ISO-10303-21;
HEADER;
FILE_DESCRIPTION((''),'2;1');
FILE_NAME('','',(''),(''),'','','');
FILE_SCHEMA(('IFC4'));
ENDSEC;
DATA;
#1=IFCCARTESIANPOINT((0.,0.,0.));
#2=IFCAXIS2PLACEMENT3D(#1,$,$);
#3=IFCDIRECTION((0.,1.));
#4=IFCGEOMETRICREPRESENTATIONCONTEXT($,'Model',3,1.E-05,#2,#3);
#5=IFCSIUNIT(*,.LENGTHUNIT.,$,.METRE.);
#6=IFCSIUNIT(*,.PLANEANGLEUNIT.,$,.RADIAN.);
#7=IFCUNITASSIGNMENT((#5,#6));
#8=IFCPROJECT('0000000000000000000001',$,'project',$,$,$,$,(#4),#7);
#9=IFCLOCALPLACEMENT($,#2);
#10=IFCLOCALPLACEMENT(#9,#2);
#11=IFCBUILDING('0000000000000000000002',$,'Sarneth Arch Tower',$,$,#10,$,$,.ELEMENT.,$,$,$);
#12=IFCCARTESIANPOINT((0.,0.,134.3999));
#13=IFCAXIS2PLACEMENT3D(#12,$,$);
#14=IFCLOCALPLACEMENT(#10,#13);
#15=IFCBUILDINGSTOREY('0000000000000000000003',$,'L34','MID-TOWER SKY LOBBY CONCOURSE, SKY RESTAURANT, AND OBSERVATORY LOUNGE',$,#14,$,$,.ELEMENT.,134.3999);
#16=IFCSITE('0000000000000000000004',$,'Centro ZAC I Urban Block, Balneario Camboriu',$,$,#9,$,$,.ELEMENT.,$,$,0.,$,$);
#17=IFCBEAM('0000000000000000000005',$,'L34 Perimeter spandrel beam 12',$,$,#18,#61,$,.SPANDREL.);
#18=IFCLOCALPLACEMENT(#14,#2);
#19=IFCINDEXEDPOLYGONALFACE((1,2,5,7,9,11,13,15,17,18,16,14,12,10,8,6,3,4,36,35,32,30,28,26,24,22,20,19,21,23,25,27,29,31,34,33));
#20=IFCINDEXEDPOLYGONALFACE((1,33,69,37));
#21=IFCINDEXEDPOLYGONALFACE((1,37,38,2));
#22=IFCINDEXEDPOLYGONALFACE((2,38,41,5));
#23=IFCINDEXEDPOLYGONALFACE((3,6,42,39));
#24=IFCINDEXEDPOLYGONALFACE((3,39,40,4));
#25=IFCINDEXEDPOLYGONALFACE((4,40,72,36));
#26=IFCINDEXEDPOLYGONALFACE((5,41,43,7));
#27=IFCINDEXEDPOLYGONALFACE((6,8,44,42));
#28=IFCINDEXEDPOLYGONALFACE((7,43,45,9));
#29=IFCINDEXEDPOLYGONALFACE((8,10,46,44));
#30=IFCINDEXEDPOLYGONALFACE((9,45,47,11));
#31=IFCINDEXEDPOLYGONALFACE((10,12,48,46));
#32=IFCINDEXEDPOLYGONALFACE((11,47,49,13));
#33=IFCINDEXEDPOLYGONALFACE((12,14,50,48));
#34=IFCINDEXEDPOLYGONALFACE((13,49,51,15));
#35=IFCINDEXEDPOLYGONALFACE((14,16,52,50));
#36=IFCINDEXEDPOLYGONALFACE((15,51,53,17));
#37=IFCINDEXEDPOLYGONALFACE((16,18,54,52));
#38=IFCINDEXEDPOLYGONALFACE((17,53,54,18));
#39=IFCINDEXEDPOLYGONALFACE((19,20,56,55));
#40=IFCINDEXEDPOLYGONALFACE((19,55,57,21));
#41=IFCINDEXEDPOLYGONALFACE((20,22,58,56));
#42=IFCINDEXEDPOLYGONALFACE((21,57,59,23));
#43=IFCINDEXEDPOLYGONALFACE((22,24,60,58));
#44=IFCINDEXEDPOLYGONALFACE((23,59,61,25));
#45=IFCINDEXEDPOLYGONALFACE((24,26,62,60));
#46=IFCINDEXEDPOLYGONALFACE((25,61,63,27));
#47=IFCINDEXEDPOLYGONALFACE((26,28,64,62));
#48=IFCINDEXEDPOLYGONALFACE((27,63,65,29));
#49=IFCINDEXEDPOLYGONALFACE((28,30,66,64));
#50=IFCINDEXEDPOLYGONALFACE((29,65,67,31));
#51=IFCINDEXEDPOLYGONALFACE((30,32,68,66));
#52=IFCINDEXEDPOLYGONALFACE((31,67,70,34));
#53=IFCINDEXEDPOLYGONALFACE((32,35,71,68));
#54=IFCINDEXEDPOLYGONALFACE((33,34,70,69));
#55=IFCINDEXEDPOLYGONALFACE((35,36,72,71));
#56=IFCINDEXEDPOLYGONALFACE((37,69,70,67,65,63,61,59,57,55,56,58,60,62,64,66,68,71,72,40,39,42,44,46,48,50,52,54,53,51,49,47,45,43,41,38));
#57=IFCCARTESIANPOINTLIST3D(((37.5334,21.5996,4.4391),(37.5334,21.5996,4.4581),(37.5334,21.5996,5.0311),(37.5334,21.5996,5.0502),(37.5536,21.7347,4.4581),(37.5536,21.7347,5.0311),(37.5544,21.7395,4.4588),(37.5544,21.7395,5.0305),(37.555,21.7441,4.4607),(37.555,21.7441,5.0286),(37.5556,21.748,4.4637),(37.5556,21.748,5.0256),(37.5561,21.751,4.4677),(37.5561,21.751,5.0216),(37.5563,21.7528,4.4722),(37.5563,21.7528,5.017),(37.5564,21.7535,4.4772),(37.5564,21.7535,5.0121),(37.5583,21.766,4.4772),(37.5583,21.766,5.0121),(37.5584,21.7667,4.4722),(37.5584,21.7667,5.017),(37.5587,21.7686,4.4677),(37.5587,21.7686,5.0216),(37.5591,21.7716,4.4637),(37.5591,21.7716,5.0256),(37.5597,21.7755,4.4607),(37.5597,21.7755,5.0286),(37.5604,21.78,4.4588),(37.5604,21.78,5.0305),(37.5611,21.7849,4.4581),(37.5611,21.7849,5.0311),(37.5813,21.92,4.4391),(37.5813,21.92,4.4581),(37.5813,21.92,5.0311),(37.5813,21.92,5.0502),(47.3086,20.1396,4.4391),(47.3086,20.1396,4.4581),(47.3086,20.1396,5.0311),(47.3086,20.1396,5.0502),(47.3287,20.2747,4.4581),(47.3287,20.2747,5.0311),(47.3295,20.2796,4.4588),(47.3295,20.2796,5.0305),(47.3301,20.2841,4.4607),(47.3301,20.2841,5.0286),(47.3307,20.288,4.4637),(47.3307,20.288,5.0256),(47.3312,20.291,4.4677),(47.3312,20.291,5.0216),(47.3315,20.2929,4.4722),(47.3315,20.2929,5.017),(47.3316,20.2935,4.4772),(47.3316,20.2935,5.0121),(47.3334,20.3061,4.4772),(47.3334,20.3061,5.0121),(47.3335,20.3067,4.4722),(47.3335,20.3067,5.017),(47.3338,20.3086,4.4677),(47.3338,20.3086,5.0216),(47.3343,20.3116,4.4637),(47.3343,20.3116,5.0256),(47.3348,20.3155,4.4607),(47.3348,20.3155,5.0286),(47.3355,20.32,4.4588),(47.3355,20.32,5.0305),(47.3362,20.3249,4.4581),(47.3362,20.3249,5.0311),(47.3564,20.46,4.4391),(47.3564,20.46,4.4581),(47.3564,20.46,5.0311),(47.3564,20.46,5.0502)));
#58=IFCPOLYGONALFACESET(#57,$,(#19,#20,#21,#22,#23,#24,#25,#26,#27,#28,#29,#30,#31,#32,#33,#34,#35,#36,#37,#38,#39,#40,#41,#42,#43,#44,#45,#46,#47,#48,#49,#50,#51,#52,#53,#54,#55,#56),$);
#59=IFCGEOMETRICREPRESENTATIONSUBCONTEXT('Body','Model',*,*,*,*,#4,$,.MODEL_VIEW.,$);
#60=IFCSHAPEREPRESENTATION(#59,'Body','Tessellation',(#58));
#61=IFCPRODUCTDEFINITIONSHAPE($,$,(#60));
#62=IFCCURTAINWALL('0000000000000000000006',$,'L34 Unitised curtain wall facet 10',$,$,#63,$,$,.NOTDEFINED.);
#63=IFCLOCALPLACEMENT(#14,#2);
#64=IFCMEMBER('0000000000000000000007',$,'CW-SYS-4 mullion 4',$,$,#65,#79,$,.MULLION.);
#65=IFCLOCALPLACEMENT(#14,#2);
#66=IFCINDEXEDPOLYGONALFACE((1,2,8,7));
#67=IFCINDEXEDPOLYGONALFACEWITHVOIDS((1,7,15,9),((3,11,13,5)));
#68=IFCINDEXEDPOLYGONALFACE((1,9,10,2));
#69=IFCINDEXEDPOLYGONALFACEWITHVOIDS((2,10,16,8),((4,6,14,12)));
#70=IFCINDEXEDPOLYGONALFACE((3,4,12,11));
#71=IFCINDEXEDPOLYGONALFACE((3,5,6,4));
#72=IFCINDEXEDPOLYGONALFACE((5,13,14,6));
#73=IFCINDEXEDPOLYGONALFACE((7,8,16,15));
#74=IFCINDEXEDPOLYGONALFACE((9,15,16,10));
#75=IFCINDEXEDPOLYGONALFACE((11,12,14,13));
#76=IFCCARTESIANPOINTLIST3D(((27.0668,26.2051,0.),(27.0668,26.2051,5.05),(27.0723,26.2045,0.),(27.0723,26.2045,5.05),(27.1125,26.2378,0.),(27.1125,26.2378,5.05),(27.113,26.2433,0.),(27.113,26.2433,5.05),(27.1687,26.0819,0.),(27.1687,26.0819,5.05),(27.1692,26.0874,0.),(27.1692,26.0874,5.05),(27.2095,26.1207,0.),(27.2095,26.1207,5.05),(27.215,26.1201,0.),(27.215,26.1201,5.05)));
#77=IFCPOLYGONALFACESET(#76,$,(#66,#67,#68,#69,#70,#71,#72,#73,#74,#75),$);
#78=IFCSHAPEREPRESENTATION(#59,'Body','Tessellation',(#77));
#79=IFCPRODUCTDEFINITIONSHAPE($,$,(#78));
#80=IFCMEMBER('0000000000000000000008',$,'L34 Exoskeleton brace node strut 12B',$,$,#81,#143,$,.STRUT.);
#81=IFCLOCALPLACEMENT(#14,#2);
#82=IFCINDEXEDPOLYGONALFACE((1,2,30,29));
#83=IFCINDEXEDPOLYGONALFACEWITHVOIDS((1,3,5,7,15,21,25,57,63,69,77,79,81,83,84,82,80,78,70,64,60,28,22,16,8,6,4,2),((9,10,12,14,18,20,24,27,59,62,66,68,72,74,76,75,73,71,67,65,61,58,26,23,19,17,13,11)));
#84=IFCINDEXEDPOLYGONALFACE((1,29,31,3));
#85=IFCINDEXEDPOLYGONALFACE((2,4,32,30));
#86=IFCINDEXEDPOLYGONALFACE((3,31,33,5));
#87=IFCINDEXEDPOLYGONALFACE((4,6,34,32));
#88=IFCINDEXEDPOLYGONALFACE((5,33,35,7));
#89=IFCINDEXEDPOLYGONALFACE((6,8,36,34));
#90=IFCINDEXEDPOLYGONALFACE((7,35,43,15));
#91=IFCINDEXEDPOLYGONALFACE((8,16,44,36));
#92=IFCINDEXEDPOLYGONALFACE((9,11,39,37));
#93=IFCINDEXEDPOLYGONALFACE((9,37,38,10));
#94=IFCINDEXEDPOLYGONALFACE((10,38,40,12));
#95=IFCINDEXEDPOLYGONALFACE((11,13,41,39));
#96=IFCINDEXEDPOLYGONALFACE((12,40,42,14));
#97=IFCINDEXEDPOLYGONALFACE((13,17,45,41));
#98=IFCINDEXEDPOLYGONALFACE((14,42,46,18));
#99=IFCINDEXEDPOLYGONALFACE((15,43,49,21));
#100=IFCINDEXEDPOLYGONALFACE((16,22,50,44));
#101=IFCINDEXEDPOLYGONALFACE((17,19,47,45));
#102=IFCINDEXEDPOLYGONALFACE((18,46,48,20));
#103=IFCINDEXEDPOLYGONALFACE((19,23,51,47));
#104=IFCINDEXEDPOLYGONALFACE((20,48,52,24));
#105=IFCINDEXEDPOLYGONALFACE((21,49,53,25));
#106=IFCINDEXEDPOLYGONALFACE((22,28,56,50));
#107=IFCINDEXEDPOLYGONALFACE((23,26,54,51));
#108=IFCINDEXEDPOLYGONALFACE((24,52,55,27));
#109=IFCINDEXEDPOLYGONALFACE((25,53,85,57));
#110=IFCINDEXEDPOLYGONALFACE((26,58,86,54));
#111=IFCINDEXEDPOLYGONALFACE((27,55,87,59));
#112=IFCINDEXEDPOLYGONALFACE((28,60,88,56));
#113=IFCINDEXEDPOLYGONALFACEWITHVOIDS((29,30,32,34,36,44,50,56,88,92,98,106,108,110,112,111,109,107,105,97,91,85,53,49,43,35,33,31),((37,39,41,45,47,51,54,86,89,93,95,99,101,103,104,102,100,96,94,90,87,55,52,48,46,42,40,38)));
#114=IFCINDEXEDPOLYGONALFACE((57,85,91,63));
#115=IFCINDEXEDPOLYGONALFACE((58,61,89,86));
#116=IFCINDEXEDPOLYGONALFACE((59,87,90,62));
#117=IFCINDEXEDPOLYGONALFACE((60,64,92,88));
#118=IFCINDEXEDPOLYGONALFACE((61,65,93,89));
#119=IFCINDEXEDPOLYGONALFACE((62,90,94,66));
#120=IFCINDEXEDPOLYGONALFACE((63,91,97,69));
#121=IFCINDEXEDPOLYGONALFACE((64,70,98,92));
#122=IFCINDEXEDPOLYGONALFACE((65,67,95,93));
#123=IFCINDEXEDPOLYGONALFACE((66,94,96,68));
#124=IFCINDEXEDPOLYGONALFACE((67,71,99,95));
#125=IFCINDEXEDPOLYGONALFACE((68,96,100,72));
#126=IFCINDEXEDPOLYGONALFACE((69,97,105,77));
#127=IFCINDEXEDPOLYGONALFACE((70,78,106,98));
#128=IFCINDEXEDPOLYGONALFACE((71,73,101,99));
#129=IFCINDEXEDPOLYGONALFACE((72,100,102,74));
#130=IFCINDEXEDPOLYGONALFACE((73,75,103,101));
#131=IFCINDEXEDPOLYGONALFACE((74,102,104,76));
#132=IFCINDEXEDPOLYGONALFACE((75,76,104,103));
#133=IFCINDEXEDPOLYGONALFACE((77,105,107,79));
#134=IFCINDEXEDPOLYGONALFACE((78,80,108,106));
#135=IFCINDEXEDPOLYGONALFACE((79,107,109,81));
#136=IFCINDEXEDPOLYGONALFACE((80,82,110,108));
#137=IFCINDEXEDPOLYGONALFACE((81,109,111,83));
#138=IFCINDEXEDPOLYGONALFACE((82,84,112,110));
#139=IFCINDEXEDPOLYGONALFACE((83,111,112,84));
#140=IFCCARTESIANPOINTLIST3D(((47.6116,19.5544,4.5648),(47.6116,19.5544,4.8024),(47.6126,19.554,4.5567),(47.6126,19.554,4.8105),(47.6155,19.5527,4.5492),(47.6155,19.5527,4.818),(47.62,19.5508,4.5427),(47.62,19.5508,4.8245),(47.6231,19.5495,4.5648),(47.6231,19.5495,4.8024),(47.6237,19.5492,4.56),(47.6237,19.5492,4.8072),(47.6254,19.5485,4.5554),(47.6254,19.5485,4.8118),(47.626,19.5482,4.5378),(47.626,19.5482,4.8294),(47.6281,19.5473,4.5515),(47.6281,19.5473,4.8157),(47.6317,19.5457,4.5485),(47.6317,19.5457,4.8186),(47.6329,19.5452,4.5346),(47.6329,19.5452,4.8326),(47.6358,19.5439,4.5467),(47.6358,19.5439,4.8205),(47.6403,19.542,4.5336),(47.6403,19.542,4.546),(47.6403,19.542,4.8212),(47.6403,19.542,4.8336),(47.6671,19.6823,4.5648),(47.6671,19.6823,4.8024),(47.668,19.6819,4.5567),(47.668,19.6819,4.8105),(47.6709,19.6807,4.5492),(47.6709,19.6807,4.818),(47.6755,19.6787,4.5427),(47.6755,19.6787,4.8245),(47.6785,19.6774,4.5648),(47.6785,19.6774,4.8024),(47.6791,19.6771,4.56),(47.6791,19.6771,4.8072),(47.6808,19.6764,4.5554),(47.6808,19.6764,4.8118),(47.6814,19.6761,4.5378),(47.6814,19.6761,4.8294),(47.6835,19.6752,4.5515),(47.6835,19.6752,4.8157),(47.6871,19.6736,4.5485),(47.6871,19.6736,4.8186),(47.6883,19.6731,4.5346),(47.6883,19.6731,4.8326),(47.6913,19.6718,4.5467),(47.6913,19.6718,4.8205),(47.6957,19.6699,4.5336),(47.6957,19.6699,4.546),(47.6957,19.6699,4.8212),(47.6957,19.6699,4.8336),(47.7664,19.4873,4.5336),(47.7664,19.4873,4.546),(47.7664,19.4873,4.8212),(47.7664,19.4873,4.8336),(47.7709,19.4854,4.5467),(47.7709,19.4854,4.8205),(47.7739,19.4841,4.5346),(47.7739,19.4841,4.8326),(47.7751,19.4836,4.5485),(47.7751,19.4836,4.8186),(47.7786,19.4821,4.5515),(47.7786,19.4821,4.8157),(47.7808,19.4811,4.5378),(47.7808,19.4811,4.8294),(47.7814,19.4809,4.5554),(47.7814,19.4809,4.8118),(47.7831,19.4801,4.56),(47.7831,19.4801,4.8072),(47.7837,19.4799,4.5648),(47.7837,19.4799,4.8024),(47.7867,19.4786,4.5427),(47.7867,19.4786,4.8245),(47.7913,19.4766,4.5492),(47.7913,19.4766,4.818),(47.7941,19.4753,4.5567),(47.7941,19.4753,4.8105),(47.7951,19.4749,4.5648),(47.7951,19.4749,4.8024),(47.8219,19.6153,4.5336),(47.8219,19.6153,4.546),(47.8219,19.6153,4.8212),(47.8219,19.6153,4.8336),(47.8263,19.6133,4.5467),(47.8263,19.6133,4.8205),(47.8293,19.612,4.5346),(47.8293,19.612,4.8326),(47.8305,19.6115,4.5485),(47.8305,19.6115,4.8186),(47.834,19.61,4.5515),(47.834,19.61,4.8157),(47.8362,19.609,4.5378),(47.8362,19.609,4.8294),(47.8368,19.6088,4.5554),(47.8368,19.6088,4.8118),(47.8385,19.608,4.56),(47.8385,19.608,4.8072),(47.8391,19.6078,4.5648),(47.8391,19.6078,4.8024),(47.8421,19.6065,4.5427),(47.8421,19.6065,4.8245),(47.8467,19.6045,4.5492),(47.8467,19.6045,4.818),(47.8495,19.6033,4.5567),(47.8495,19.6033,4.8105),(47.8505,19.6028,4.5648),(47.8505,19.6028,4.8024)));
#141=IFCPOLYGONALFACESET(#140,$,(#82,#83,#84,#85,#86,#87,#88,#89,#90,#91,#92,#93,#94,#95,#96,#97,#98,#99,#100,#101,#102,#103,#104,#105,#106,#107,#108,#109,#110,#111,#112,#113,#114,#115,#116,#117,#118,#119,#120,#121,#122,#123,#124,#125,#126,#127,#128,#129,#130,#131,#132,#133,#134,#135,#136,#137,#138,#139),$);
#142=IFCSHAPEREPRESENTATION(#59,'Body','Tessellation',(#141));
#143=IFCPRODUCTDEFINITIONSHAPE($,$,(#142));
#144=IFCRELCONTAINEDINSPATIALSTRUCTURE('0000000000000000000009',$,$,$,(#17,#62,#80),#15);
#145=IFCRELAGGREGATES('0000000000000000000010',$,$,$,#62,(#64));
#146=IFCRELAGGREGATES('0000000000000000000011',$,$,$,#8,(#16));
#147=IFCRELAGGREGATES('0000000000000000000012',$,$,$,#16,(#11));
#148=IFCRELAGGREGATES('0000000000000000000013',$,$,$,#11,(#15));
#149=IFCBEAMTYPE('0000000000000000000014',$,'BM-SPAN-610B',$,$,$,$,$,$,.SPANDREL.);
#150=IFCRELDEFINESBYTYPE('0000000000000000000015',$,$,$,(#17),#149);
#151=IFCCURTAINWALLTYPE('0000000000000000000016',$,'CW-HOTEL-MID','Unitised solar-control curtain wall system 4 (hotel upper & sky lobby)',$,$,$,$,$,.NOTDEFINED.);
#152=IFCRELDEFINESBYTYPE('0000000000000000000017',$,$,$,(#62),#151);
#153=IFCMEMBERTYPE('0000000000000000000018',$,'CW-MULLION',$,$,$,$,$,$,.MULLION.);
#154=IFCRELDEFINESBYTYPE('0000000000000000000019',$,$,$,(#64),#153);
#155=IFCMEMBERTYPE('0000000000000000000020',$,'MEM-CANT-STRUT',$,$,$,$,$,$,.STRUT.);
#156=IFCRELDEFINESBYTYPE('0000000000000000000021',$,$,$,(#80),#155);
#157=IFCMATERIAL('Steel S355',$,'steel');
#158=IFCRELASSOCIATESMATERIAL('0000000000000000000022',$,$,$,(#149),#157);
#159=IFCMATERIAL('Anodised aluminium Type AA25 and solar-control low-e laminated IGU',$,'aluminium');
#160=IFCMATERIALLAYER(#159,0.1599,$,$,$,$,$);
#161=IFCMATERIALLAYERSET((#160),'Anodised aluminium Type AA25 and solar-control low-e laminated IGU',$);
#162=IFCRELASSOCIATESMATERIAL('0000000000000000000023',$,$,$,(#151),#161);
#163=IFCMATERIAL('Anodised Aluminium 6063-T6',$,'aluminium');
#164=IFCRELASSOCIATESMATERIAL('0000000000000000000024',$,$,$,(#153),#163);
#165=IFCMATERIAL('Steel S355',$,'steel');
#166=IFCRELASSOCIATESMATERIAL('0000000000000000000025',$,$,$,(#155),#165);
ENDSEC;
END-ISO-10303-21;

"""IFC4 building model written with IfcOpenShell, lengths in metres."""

from ifc_helpers import new_model, si_unit, direction, frame, origin, origin_2d, place, context, subcontext, project, spatial, hollow_rectangle, i_section, extrude, material, layer, layer_set, material_profile, profile_set, type_object, element, aggregate, save


model = new_model("IFC4")

# Units and contexts
model_context = context("Model", 3, precision=1e-05, world=origin(), true_north=direction((0.0, 1.0)))
body_context = subcontext(model_context, "Body", "Model", "MODEL_VIEW")
ifc_project = project(units=[si_unit("LENGTHUNIT", "METRE"), si_unit("PLANEANGLEUNIT", "RADIAN")], contexts=[model_context])

# Site, building, storey
site_placement = place(None, origin())
site = spatial("IfcSite", under=ifc_project, at=site_placement, Name="Centro ZAC I Urban Block, Balneario Camboriu", CompositionType="ELEMENT", RefElevation=0.0)
building_placement = place(site_placement, origin())
building = spatial("IfcBuilding", under=site, at=building_placement, Name="Sarneth Arch Tower", CompositionType="ELEMENT")
storey_placement = place(building_placement, frame((0.0, 0.0, 134.3999)))
storey = spatial("IfcBuildingStorey", under=building, at=storey_placement, Name="L34", Description="MID-TOWER SKY LOBBY CONCOURSE, SKY RESTAURANT, AND OBSERVATORY LOUNGE", CompositionType="ELEMENT", Elevation=134.3999)

# Beam
ifc_material_1 = material(Name="Steel S355", Category="steel")
ifc_material_profile_1 = material_profile(ifc_material_1, i_section(OverallWidth=0.324, OverallDepth=0.6111, WebThickness=0.0127, FlangeThickness=0.019, FilletRadius=0.019, at=origin_2d()), Name="W610x155")
ifc_profile_set_1 = profile_set([ifc_material_profile_1], Name="Steel S355")
beam_type_1 = type_object("IfcBeamType", Name="BM-SPAN-610B", PredefinedType="SPANDREL", material=ifc_profile_set_1)
beam_1_placement = place(storey_placement, frame((37.5574, 21.7598, 4.7446), z_axis=(0.98903, -0.147716, 0.0), x_axis=(0.147716, 0.98903, 0.0)))
element("IfcBeam", 1, at=beam_1_placement, inside=storey, type_object=beam_type_1, Name="L34 Perimeter spandrel beam 12", PredefinedType="SPANDREL", context=body_context, shape_type="SweptSolid", body=[
    extrude(i_section(OverallWidth=0.324, OverallDepth=0.6111, WebThickness=0.0127, FlangeThickness=0.019, FilletRadius=0.019, at=origin_2d()), origin(), (0.0, 0.0, 1.0), 9.8835),
])

# Curtain wall, member
ifc_material_2 = material(Name="Anodised aluminium Type AA25 and solar-control low-e laminated IGU", Category="aluminium")
ifc_layer_1 = layer(ifc_material_2, 0.1599)
ifc_layer_set_1 = layer_set([ifc_layer_1], Name="Anodised aluminium Type AA25 and solar-control low-e laminated IGU")
curtain_wall_type = type_object("IfcCurtainWallType", Name="CW-HOTEL-MID", Description="Unitised solar-control curtain wall system 4 (hotel upper & sky lobby)", PredefinedType="NOTDEFINED", material=ifc_layer_set_1)
curtain_wall_placement = place(storey_placement, origin())
curtain_wall = element("IfcCurtainWall", 2, at=curtain_wall_placement, inside=storey, type_object=curtain_wall_type, Name="L34 Unitised curtain wall facet 10", PredefinedType="NOTDEFINED")
ifc_material_3 = material(Name="Anodised Aluminium 6063-T6", Category="aluminium")
ifc_material_profile_2 = material_profile(ifc_material_3, hollow_rectangle(XDim=0.0601, YDim=0.1599, WallThickness=0.0039, at=origin_2d()), Name="AL-MULL-160x60x4")
ifc_profile_set_2 = profile_set([ifc_material_profile_2], Name="Anodised Aluminium 6063-T6")
member_type_1 = type_object("IfcMemberType", Name="CW-MULLION", PredefinedType="MULLION", material=ifc_profile_set_2)
member_1_placement = place(storey_placement, frame((27.1409, 26.1626, 0.0), z_axis=(0.0, 0.0, 1.0), x_axis=(0.770438, 0.637515, 0.0)))
member_1 = element("IfcMember", 3, at=member_1_placement, type_object=member_type_1, Name="CW-SYS-4 mullion 4", PredefinedType="MULLION", context=body_context, shape_type="SweptSolid", body=[
    extrude(hollow_rectangle(XDim=0.0601, YDim=0.1599, WallThickness=0.0039, at=origin_2d()), origin(), (0.0, 0.0, 1.0), 5.05),
])
aggregate(curtain_wall, [member_1])

# Member
ifc_material_4 = material(Name="Steel S355", Category="steel")
ifc_material_profile_3 = material_profile(ifc_material_4, hollow_rectangle(XDim=0.2, YDim=0.3, WallThickness=0.0125, InnerFilletRadius=0.0188, OuterFilletRadius=0.0312, at=origin_2d()), Name="RHS300x200x12.5")
ifc_profile_set_3 = profile_set([ifc_material_profile_3], Name="Steel S355")
member_type_2 = type_object("IfcMemberType", Name="MEM-CANT-STRUT", PredefinedType="STRUT", material=ifc_profile_set_3)
member_2_placement = place(storey_placement, frame((47.7588, 19.6426, 4.6836), z_axis=(-0.397509, -0.917598, 0.0), x_axis=(0.917598, -0.397509, 0.0)))
element("IfcMember", 4, at=member_2_placement, inside=storey, type_object=member_type_2, Name="L34 Exoskeleton brace node strut 12B", PredefinedType="STRUT", context=body_context, shape_type="SweptSolid", body=[
    extrude(hollow_rectangle(XDim=0.2, YDim=0.3, WallThickness=0.0125, InnerFilletRadius=0.0188, OuterFilletRadius=0.0312, at=origin_2d()), origin(), (0.0, 0.0, 1.0), 0.1394),
])

save(model, "model.ifc")
